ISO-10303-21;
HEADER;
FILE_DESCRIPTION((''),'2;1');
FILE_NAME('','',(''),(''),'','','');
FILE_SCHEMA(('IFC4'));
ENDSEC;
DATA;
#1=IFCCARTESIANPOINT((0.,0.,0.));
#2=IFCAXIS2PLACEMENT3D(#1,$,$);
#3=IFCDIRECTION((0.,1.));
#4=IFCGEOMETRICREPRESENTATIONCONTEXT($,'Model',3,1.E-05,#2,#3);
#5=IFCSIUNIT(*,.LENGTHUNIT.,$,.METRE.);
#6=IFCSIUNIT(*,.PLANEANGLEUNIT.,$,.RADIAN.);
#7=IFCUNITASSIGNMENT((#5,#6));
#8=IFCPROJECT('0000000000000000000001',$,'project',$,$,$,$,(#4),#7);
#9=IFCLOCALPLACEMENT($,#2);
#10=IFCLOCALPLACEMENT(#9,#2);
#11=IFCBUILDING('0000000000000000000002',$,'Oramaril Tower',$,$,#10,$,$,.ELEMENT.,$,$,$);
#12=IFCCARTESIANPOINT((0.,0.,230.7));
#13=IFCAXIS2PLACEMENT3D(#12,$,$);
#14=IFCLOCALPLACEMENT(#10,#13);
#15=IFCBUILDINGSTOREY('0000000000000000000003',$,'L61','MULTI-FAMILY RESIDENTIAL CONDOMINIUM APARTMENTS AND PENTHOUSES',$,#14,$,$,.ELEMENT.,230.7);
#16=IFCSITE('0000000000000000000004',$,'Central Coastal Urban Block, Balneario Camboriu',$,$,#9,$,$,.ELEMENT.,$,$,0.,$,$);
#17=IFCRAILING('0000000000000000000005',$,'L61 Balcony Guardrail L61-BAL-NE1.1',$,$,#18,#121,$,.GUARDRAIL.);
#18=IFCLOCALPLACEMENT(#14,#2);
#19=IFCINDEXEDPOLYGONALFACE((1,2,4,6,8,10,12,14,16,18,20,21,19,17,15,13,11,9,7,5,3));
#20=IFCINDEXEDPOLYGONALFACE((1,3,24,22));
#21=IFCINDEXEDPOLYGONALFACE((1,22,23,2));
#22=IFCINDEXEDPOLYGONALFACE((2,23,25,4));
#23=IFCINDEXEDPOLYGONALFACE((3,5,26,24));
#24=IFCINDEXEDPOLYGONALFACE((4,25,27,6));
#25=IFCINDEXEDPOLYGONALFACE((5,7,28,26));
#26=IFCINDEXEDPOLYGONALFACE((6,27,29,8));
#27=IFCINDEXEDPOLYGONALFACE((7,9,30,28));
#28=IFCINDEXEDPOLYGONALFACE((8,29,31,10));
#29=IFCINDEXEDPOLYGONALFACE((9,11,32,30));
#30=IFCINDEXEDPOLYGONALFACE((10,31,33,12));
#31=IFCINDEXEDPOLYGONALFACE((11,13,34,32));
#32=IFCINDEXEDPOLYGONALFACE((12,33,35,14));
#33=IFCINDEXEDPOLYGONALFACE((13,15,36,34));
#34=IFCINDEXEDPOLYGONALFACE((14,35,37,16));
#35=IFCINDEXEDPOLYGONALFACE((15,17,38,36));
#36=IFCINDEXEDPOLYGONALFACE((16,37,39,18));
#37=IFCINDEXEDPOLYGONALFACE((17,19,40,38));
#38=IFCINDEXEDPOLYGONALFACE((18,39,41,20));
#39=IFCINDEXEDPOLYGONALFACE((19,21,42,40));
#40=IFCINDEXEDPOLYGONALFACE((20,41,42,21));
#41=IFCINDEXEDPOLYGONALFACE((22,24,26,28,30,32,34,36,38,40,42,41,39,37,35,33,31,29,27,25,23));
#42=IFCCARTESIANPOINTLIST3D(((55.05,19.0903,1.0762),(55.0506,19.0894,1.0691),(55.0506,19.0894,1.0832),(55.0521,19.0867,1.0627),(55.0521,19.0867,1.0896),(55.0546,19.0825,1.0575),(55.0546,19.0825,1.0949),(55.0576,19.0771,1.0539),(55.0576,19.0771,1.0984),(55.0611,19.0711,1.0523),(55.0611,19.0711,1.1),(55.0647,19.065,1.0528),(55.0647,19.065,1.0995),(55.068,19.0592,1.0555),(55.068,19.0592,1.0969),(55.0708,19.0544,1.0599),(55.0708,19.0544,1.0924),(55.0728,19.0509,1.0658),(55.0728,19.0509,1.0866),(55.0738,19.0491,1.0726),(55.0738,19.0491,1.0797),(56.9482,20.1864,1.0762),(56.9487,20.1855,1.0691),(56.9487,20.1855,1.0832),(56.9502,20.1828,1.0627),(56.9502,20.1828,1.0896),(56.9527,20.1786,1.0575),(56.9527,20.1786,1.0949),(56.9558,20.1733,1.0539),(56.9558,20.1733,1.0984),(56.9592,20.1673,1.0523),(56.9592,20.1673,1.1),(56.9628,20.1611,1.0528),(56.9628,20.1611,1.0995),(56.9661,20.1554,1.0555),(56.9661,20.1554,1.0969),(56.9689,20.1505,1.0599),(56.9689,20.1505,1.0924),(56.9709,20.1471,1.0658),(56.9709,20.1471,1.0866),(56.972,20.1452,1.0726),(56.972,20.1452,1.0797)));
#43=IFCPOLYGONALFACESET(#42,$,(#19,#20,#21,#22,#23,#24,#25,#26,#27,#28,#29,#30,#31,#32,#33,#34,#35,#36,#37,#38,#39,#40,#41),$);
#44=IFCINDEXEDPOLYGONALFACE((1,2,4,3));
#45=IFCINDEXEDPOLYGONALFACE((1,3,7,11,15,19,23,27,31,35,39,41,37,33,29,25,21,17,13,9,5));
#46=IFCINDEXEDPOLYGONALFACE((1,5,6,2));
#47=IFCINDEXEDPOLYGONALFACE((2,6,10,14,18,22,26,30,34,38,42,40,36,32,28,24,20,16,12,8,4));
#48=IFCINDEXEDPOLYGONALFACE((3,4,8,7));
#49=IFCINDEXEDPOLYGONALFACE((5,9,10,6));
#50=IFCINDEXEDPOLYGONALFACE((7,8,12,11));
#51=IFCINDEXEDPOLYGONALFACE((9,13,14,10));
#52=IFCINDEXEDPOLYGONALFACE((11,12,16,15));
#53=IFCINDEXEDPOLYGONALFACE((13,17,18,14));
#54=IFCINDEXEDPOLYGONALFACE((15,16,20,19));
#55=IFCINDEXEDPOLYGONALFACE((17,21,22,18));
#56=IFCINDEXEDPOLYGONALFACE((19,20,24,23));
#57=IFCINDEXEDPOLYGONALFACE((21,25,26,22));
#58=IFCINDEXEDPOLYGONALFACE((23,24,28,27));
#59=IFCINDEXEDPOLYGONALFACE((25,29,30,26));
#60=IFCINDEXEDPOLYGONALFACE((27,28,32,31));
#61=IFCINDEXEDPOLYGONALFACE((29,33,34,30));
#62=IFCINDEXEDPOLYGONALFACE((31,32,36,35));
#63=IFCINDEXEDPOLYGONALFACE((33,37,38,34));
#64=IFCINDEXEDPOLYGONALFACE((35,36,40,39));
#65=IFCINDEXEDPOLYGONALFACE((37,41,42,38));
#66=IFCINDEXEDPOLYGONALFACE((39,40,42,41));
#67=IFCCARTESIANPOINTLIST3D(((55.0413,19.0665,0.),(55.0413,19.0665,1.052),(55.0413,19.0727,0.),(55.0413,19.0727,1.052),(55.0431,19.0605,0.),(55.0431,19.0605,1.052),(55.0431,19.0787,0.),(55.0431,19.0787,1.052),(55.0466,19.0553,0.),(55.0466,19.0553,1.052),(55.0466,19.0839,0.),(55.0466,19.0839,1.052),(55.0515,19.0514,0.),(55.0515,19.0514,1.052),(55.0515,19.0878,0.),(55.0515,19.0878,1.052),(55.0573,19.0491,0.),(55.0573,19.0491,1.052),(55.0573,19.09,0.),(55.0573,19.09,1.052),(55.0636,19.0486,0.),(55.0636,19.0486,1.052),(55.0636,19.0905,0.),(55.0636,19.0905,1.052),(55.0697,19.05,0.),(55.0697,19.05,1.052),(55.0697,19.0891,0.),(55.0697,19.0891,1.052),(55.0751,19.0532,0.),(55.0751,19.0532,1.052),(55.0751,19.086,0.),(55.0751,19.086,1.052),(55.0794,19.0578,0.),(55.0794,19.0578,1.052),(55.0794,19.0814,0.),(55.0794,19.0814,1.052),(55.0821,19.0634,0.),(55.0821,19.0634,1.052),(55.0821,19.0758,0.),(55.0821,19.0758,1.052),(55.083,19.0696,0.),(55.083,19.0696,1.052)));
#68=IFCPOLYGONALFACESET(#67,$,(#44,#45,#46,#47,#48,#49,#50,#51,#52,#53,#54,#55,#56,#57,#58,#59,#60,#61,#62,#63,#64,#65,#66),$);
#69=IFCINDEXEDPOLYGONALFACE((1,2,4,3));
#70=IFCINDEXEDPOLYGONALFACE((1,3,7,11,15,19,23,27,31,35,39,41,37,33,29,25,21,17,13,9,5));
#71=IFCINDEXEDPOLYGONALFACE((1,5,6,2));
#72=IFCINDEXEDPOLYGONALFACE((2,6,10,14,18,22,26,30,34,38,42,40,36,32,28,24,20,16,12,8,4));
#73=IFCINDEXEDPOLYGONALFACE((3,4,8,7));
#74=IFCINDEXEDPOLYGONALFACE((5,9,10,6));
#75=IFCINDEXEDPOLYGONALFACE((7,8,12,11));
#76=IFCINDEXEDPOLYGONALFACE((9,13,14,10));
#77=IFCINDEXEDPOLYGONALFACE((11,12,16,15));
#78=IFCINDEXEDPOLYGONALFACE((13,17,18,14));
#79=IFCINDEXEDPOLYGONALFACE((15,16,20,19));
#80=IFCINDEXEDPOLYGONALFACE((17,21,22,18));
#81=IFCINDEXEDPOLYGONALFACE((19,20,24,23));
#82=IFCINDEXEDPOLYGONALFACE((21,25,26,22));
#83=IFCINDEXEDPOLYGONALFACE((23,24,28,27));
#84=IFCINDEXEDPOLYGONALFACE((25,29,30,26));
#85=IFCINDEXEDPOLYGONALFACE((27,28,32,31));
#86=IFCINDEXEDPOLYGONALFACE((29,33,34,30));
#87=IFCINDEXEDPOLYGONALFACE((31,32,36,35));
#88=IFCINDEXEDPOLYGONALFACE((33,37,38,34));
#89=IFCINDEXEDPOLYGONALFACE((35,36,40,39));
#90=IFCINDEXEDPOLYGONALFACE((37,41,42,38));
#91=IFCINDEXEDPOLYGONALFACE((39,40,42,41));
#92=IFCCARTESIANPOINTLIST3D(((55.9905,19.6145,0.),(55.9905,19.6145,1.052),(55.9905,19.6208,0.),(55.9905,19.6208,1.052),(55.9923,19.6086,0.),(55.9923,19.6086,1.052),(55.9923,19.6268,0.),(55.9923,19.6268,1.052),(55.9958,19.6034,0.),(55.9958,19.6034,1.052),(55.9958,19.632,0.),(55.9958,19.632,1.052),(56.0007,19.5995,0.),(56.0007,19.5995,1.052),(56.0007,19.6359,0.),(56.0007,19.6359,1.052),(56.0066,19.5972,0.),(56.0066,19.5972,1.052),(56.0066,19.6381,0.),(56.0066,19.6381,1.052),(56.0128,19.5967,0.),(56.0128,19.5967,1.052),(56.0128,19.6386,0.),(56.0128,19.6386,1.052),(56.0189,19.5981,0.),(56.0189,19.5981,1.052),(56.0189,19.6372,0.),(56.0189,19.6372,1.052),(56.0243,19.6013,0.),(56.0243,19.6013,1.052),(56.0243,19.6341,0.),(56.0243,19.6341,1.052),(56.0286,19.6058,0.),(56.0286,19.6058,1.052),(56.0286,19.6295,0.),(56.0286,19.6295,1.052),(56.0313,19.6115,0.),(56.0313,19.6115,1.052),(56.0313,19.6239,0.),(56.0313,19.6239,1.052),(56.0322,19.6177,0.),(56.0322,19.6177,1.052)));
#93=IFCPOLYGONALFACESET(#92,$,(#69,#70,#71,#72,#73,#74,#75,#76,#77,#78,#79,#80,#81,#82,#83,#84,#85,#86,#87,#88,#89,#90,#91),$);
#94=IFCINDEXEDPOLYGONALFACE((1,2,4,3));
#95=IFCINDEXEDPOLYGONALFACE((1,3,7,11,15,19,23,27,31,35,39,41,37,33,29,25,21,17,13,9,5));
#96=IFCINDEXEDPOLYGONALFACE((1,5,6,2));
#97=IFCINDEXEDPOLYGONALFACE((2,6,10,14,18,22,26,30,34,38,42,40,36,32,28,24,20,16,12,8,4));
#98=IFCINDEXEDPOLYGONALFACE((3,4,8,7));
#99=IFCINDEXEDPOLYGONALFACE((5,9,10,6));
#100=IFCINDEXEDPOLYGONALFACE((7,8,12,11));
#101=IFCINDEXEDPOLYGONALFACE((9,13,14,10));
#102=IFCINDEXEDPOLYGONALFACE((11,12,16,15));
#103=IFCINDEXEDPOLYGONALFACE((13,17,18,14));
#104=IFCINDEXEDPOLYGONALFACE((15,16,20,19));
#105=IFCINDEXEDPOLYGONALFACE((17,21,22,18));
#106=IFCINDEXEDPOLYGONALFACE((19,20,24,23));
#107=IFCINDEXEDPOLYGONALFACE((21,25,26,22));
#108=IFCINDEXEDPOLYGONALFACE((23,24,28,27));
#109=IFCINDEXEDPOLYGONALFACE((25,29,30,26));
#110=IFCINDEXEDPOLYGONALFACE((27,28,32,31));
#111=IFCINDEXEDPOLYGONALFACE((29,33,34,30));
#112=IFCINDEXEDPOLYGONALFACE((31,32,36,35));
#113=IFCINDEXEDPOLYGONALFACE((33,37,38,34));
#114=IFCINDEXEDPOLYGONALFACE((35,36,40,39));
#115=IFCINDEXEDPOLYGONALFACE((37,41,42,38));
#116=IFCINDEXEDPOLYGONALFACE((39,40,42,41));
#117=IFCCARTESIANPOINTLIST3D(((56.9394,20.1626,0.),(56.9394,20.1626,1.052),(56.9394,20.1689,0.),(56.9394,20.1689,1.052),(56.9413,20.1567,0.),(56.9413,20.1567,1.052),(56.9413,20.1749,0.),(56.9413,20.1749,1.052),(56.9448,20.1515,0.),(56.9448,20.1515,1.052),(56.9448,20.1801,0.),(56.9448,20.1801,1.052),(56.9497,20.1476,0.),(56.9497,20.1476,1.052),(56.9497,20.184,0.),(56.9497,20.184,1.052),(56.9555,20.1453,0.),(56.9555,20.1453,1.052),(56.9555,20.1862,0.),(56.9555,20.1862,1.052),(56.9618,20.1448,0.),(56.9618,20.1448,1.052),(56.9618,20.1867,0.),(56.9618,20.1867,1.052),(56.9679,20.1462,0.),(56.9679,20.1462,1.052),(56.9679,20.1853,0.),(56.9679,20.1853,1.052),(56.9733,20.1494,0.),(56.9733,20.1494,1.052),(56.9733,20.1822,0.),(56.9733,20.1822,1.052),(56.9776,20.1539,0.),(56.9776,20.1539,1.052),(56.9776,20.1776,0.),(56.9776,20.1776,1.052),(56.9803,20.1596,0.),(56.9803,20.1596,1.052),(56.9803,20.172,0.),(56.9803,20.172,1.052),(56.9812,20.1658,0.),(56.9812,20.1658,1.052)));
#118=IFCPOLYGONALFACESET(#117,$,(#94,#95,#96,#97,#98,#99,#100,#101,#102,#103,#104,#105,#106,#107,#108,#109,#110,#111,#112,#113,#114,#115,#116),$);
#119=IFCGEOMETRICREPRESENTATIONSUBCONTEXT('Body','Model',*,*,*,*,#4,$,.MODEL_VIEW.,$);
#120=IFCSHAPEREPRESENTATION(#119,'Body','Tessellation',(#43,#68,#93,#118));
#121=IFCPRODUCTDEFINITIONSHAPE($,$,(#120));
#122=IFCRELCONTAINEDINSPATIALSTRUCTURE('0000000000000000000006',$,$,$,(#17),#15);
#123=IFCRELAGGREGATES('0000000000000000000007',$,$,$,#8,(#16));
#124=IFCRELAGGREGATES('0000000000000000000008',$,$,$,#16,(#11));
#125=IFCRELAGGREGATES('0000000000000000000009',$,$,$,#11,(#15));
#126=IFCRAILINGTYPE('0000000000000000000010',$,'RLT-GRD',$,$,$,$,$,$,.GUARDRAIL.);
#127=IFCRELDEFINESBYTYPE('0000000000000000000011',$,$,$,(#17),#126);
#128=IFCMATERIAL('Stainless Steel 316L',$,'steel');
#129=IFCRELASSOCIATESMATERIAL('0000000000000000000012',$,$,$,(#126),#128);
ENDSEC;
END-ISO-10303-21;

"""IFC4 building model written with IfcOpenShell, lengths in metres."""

from ifc_helpers import new_model, si_unit, direction, frame, origin, origin_2d, place, context, subcontext, project, spatial, circle, extrude, material, type_object, element, save


model = new_model("IFC4")

# Units and contexts
model_context = context("Model", 3, precision=1e-05, world=origin(), true_north=direction((0.0, 1.0)))
body_context = subcontext(model_context, "Body", "Model", "MODEL_VIEW")
ifc_project = project(units=[si_unit("LENGTHUNIT", "METRE"), si_unit("PLANEANGLEUNIT", "RADIAN")], contexts=[model_context])

# Site, building, storey
site_placement = place(None, origin())
site = spatial("IfcSite", under=ifc_project, at=site_placement, Name="Central Coastal Urban Block, Balneario Camboriu", CompositionType="ELEMENT", RefElevation=0.0)
building_placement = place(site_placement, origin())
building = spatial("IfcBuilding", under=site, at=building_placement, Name="Oramaril Tower", CompositionType="ELEMENT")
storey_placement = place(building_placement, frame((0.0, 0.0, 230.7)))
storey = spatial("IfcBuildingStorey", under=building, at=storey_placement, Name="L61", Description="MULTI-FAMILY RESIDENTIAL CONDOMINIUM APARTMENTS AND PENTHOUSES", CompositionType="ELEMENT", Elevation=230.7)

# Railing
ifc_material_1 = material(Name="Stainless Steel 316L", Category="steel")
railing_type = type_object("IfcRailingType", Name="RLT-GRD", PredefinedType="GUARDRAIL", material=ifc_material_1)
railing_1_placement = place(storey_placement, frame((55.062, 19.0696, 0.0)))
element("IfcRailing", 1, at=railing_1_placement, inside=storey, type_object=railing_type, Name="L61 Balcony Guardrail L61-BAL-NE1.1", PredefinedType="GUARDRAIL", context=body_context, shape_type="SweptSolid", body=[
    extrude(circle(Radius=0.0239, at=origin_2d()), frame((0.0, 0.0, 1.0762), z_axis=(0.865972, 0.500092, 0.0), x_axis=(-0.500092, 0.865972, 0.0)), (0.0, 0.0, 1.0), 2.1919),
    extrude(circle(Radius=0.021, at=origin_2d()), origin(), (0.0, 0.0, 1.0), 1.052),
    extrude(circle(Radius=0.021, at=origin_2d()), frame((0.9492, 0.5481, 0.0)), (0.0, 0.0, 1.0), 1.052),
    extrude(circle(Radius=0.021, at=origin_2d()), frame((1.8982, 1.0962, 0.0)), (0.0, 0.0, 1.0), 1.052),
])

save(model, "model.ifc")
